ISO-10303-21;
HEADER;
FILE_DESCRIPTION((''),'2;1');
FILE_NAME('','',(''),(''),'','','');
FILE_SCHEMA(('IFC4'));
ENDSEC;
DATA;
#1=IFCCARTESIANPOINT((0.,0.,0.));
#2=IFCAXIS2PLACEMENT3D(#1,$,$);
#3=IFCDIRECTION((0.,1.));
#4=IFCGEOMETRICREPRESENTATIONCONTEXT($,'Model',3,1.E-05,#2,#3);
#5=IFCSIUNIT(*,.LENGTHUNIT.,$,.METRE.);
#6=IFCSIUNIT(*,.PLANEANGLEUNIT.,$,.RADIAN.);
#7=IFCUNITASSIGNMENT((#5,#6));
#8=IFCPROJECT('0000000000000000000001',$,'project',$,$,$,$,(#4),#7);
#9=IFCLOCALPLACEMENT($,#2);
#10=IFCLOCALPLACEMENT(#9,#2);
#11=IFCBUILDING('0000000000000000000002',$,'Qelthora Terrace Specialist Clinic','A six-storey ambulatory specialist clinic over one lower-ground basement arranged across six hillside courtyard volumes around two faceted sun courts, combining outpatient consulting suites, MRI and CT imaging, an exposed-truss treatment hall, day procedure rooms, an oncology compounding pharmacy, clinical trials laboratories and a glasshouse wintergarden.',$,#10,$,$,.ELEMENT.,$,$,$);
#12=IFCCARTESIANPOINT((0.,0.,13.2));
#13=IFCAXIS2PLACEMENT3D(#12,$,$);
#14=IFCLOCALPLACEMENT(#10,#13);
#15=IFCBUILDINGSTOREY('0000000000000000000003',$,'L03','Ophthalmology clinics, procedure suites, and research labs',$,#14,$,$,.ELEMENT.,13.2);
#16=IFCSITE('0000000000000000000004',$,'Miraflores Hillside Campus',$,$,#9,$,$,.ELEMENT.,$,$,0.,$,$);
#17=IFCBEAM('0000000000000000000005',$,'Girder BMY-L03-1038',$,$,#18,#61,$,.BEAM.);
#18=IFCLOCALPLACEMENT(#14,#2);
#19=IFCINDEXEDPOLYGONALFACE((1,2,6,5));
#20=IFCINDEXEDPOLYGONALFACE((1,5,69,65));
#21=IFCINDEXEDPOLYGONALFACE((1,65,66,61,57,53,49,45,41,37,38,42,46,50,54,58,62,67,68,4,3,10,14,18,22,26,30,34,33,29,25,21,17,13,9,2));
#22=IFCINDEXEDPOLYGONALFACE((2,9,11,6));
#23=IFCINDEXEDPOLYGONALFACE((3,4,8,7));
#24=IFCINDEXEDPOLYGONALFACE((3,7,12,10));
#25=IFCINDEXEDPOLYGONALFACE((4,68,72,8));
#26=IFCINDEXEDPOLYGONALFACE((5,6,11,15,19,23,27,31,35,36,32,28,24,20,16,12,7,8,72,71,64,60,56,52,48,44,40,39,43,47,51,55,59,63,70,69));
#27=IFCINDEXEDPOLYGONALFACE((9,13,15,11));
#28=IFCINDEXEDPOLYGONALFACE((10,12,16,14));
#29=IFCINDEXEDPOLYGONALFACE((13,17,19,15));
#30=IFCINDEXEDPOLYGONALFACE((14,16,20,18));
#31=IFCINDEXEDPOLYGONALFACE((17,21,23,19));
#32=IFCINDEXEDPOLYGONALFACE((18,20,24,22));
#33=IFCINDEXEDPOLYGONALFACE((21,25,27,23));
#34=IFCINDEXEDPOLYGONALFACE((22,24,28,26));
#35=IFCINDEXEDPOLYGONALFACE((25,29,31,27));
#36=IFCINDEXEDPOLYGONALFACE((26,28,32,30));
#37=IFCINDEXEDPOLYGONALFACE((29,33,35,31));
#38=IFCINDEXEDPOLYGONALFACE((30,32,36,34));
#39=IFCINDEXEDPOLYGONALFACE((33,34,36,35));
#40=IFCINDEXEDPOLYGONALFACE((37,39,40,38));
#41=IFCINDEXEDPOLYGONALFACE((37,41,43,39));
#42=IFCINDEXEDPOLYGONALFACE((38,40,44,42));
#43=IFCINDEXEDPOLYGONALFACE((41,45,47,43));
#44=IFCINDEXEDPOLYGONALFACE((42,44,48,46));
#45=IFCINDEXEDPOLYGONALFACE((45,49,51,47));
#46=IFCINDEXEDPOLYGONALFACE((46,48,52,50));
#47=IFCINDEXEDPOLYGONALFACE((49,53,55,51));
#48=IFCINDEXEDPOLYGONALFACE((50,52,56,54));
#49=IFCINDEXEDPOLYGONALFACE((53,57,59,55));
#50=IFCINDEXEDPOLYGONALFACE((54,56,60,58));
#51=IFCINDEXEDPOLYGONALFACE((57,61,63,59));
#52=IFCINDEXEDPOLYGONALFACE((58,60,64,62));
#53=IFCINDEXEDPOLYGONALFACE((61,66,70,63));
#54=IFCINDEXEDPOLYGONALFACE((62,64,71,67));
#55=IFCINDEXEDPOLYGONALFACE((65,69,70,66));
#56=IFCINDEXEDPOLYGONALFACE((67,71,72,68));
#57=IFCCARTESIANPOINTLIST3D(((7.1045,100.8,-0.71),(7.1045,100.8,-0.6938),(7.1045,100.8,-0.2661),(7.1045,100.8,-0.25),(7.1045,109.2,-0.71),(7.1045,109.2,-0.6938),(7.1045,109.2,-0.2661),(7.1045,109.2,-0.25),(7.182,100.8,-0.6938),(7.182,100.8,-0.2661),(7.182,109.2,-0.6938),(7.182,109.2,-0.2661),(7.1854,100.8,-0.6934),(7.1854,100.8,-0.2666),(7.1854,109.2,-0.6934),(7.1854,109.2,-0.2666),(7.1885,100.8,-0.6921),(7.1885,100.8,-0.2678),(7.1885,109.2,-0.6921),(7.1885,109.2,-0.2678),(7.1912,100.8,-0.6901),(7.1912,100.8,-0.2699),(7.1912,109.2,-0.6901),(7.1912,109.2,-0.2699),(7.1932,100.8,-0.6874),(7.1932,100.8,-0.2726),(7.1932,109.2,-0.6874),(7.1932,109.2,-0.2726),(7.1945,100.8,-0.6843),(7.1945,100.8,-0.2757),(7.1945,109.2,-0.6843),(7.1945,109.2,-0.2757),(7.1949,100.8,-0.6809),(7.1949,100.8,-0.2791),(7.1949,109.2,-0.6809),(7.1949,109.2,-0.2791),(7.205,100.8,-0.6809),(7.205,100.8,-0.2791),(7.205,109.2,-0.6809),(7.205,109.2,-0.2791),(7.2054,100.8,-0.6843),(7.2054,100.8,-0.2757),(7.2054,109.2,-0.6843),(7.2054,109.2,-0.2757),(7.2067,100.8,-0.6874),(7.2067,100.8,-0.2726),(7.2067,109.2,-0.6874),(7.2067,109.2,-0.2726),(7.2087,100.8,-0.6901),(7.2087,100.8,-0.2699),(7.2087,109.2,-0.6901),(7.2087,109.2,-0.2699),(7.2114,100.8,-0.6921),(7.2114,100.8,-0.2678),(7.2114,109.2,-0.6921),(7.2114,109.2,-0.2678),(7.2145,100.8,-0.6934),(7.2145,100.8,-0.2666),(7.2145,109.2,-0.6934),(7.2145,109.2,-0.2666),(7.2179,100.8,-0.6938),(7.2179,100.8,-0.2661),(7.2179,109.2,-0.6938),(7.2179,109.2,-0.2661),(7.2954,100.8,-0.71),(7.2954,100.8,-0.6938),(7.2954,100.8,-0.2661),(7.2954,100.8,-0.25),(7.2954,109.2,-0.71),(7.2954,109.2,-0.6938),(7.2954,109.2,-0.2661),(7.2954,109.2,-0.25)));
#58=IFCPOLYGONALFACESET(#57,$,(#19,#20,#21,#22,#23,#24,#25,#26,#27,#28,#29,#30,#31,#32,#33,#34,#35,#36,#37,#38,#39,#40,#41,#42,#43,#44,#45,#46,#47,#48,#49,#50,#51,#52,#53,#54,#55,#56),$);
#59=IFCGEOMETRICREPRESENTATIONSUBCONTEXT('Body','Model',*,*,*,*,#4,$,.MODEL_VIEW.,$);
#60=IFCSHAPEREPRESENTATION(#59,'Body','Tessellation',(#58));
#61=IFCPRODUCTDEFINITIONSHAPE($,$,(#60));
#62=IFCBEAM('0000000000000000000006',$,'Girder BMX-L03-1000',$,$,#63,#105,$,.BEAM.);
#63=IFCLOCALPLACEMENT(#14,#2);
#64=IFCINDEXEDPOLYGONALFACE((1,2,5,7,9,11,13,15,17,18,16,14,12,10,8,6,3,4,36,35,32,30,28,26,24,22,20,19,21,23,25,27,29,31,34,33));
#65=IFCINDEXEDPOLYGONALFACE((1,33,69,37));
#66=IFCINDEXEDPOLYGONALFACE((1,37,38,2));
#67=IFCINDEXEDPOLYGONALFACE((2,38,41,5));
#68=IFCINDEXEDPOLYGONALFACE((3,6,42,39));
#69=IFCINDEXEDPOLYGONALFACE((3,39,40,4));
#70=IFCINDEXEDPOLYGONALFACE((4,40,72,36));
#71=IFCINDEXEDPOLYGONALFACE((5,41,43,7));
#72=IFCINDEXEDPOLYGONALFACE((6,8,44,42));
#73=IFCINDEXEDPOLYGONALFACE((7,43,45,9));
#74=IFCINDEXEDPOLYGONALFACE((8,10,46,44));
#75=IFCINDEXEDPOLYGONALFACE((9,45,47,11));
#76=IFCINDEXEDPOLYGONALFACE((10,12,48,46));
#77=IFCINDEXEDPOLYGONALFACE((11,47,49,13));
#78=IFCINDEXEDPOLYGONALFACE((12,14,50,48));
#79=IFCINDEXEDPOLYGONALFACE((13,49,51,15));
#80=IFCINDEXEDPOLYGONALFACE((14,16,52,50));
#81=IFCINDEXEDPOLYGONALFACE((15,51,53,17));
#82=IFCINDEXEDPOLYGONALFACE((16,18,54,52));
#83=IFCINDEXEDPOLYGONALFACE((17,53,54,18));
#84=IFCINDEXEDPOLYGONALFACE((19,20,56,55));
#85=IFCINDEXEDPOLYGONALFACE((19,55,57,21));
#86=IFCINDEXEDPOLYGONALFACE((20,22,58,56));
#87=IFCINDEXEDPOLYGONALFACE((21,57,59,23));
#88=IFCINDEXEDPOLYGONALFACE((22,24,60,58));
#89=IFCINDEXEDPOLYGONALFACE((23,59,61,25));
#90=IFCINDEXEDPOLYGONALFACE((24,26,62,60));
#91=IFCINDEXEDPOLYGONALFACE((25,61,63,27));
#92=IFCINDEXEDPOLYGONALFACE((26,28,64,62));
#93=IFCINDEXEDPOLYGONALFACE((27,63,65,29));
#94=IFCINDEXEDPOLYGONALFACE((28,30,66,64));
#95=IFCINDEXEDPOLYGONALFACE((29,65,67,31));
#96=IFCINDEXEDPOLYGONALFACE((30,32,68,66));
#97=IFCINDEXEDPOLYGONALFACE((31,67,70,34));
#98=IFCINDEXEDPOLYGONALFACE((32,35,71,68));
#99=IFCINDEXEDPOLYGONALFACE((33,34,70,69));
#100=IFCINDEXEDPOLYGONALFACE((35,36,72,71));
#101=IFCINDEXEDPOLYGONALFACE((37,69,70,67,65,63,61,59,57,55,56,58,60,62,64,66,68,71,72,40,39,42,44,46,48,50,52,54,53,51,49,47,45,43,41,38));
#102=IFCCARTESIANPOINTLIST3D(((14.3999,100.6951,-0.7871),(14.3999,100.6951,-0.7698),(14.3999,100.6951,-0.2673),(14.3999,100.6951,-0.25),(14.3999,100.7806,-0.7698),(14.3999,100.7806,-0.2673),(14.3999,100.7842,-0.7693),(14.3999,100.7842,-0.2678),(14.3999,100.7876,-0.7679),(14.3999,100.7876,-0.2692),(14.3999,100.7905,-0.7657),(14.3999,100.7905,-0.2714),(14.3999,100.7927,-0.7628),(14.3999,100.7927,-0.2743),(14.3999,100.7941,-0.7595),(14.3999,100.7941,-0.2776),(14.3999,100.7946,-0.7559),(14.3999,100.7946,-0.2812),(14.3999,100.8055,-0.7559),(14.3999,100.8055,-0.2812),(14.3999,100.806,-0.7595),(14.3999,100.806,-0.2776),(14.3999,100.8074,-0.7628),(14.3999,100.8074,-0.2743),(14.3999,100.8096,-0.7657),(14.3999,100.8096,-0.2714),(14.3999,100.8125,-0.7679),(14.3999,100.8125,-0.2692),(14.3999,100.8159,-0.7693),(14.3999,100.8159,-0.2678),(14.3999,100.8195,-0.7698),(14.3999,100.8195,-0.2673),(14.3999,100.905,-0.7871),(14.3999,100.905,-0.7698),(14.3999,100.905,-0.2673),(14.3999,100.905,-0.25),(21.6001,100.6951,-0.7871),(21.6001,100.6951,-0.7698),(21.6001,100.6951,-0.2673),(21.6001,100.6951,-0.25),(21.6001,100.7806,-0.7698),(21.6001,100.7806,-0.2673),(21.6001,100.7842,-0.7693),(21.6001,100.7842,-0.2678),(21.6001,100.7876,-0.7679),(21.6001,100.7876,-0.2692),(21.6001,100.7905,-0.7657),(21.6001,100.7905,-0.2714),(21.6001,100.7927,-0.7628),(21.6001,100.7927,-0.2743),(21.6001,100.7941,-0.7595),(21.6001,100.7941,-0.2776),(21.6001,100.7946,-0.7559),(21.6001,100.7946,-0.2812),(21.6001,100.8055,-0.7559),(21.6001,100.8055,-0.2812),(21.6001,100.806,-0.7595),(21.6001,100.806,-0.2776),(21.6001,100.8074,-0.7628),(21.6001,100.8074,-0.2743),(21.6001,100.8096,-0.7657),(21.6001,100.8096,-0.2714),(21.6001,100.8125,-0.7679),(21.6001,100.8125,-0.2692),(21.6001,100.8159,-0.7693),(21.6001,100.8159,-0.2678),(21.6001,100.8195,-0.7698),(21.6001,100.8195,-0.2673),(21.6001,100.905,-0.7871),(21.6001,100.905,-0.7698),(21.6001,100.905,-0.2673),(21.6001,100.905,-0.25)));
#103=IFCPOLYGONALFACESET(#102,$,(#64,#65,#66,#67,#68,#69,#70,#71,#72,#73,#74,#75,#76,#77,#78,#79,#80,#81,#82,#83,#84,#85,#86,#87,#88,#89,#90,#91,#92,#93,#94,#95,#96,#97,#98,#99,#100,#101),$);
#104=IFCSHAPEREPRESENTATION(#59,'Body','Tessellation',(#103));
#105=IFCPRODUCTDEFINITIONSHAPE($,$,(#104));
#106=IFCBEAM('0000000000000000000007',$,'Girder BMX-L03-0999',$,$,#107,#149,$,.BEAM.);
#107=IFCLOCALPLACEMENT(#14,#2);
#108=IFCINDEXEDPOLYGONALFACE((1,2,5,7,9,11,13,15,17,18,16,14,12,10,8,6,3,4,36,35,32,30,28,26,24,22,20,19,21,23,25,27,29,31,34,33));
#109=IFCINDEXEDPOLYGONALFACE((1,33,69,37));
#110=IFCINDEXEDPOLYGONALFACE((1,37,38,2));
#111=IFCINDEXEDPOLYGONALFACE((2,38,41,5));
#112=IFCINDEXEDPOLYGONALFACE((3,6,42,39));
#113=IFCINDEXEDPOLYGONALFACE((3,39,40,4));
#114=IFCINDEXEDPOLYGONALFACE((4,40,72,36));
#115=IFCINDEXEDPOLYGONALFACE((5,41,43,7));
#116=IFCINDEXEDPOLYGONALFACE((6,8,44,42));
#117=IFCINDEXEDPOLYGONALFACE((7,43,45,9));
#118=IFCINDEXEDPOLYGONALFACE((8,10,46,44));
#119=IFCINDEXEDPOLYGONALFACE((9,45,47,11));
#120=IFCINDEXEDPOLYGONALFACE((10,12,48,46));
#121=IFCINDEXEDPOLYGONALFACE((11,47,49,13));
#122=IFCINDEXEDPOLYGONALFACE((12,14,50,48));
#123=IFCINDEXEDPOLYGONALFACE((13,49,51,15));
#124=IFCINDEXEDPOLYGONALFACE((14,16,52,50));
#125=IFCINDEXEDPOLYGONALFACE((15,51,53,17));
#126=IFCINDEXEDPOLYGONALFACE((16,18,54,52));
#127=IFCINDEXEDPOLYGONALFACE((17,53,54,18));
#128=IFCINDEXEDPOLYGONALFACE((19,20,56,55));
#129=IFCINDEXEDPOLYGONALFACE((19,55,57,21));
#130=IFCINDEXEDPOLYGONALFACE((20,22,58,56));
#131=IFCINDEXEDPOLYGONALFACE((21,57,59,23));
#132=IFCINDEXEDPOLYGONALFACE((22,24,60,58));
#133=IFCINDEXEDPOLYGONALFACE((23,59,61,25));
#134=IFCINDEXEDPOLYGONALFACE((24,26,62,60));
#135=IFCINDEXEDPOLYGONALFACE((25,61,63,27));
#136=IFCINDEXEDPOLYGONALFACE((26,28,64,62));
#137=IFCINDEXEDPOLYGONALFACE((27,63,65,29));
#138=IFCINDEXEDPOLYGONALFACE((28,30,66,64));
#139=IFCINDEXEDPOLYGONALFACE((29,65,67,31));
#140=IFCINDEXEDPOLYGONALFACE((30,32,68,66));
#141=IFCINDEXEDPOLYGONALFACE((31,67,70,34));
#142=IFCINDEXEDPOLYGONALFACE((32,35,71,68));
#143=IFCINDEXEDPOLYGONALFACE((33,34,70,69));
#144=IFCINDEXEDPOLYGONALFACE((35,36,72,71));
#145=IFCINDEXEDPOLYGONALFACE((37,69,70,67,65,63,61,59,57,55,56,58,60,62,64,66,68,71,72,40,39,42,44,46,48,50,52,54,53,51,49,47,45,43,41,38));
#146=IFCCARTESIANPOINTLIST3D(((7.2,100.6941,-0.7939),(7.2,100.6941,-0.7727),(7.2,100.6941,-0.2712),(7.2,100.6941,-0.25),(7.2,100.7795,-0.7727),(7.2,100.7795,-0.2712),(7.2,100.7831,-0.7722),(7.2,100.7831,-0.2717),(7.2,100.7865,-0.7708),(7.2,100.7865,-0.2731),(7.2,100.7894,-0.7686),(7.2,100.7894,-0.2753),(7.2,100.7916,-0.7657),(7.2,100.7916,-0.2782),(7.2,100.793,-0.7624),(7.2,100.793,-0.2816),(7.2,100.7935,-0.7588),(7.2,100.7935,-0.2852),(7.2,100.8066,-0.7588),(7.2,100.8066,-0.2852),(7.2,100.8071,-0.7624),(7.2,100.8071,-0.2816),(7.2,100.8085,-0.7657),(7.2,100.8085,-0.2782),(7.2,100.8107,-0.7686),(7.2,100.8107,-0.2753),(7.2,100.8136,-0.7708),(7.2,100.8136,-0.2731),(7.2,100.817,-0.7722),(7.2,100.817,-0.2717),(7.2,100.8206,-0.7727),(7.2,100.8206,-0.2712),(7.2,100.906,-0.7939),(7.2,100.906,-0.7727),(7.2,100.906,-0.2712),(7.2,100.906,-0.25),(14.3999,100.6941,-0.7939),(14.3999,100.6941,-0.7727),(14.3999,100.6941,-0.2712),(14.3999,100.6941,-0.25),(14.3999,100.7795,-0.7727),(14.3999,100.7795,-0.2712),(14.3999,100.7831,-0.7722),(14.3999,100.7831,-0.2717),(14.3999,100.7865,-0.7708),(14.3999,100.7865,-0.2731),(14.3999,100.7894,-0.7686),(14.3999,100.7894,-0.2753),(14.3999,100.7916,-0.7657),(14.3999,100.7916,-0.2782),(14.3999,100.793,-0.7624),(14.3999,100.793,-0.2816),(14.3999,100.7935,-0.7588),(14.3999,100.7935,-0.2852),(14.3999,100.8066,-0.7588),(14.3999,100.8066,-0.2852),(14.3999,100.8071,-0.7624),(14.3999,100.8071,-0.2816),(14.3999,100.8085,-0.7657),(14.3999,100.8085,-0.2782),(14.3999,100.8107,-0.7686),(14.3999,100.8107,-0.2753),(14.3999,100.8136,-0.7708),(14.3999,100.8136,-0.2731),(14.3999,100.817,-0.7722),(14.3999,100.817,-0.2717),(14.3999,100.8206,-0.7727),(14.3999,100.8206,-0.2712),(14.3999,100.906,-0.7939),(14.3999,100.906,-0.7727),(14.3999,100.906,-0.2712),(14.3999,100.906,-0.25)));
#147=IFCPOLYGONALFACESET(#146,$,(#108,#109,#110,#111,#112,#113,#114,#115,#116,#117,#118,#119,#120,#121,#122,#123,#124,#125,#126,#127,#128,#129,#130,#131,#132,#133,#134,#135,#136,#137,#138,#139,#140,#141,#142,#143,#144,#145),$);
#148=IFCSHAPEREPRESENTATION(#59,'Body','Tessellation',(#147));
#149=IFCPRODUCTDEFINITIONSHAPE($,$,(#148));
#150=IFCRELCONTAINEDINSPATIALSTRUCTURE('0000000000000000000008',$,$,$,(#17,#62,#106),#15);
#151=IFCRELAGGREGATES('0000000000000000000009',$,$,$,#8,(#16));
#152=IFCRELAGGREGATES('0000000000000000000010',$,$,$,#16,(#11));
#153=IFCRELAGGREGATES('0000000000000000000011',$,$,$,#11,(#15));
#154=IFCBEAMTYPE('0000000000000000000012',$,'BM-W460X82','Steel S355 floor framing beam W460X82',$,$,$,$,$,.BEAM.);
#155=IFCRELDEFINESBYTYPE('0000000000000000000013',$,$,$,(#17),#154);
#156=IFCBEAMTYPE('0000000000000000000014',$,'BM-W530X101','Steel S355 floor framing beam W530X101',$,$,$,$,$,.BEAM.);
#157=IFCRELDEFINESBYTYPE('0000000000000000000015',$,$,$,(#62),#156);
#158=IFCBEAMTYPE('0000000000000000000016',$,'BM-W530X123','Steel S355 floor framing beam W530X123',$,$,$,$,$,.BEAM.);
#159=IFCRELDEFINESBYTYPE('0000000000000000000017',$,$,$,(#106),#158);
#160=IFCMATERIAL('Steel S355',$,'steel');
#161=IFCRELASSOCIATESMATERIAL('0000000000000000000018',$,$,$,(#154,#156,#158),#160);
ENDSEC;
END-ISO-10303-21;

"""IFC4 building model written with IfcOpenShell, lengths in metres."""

from ifc_helpers import new_model, si_unit, direction, frame, origin, origin_2d, place, context, subcontext, project, spatial, i_section, extrude, material, material_profile, profile_set, type_object, element, save


model = new_model("IFC4")

# Units and contexts
model_context = context("Model", 3, precision=1e-05, world=origin(), true_north=direction((0.0, 1.0)))
body_context = subcontext(model_context, "Body", "Model", "MODEL_VIEW")
ifc_project = project(units=[si_unit("LENGTHUNIT", "METRE"), si_unit("PLANEANGLEUNIT", "RADIAN")], contexts=[model_context])

# Site, building, storey
site_placement = place(None, origin())
site = spatial("IfcSite", under=ifc_project, at=site_placement, Name="Miraflores Hillside Campus", CompositionType="ELEMENT", RefElevation=0.0)
building_placement = place(site_placement, origin())
building = spatial("IfcBuilding", under=site, at=building_placement, Name="Qelthora Terrace Specialist Clinic", Description="A six-storey ambulatory specialist clinic over one lower-ground basement arranged across six hillside courtyard volumes around two faceted sun courts, combining outpatient consulting suites, MRI and CT imaging, an exposed-truss treatment hall, day procedure rooms, an oncology compounding pharmacy, clinical trials laboratories and a glasshouse wintergarden.", CompositionType="ELEMENT")
storey_placement = place(building_placement, frame((0.0, 0.0, 13.2)))
storey = spatial("IfcBuildingStorey", under=building, at=storey_placement, Name="L03", Description="Ophthalmology clinics, procedure suites, and research labs", CompositionType="ELEMENT", Elevation=13.2)

# Shared definitions
ifc_material_1 = material(Name="Steel S355", Category="steel")

# Beams
ifc_material_profile_1 = material_profile(ifc_material_1, i_section(OverallWidth=0.1909, OverallDepth=0.46, WebThickness=0.01, FlangeThickness=0.0161, FilletRadius=0.0129, at=origin_2d()), Name="W460X82")
ifc_profile_set_1 = profile_set([ifc_material_profile_1], Name="Steel S355")
beam_type_1 = type_object("IfcBeamType", Name="BM-W460X82", Description="Steel S355 floor framing beam W460X82", PredefinedType="BEAM", material=ifc_profile_set_1)
beam_1_placement = place(storey_placement, frame((7.2, 100.8, -0.48), z_axis=(0.0, 1.0, 0.0), x_axis=(-1.0, 0.0, 0.0)))
element("IfcBeam", 1, at=beam_1_placement, inside=storey, type_object=beam_type_1, Name="Girder BMY-L03-1038", PredefinedType="BEAM", context=body_context, shape_type="SweptSolid", body=[
    extrude(i_section(OverallWidth=0.1909, OverallDepth=0.46, WebThickness=0.01, FlangeThickness=0.0161, FilletRadius=0.0129, at=origin_2d()), origin(), (0.0, 0.0, 1.0), 8.3999),
])
ifc_material_profile_2 = material_profile(ifc_material_1, i_section(OverallWidth=0.21, OverallDepth=0.5371, WebThickness=0.011, FlangeThickness=0.0173, FilletRadius=0.0139, at=origin_2d()), Name="W530X101")
ifc_profile_set_2 = profile_set([ifc_material_profile_2], Name="Steel S355")
beam_type_2 = type_object("IfcBeamType", Name="BM-W530X101", Description="Steel S355 floor framing beam W530X101", PredefinedType="BEAM", material=ifc_profile_set_2)
beam_2_placement = place(storey_placement, frame((14.3999, 100.8, -0.5186), z_axis=(1.0, 0.0, 0.0), x_axis=(0.0, 1.0, 0.0)))
element("IfcBeam", 2, at=beam_2_placement, inside=storey, type_object=beam_type_2, Name="Girder BMX-L03-1000", PredefinedType="BEAM", context=body_context, shape_type="SweptSolid", body=[
    extrude(i_section(OverallWidth=0.21, OverallDepth=0.5371, WebThickness=0.011, FlangeThickness=0.0173, FilletRadius=0.0139, at=origin_2d()), origin(), (0.0, 0.0, 1.0), 7.2002),
])
ifc_material_profile_3 = material_profile(ifc_material_1, i_section(OverallWidth=0.2119, OverallDepth=0.5439, WebThickness=0.0132, FlangeThickness=0.0212, FilletRadius=0.0139, at=origin_2d()), Name="W530X123")
ifc_profile_set_3 = profile_set([ifc_material_profile_3], Name="Steel S355")
beam_type_3 = type_object("IfcBeamType", Name="BM-W530X123", Description="Steel S355 floor framing beam W530X123", PredefinedType="BEAM", material=ifc_profile_set_3)
beam_3_placement = place(storey_placement, frame((7.2, 100.8, -0.522), z_axis=(1.0, 0.0, 0.0), x_axis=(0.0, 1.0, 0.0)))
element("IfcBeam", 3, at=beam_3_placement, inside=storey, type_object=beam_type_3, Name="Girder BMX-L03-0999", PredefinedType="BEAM", context=body_context, shape_type="SweptSolid", body=[
    extrude(i_section(OverallWidth=0.2119, OverallDepth=0.5439, WebThickness=0.0132, FlangeThickness=0.0212, FilletRadius=0.0139, at=origin_2d()), origin(), (0.0, 0.0, 1.0), 7.2),
])

save(model, "model.ifc")
